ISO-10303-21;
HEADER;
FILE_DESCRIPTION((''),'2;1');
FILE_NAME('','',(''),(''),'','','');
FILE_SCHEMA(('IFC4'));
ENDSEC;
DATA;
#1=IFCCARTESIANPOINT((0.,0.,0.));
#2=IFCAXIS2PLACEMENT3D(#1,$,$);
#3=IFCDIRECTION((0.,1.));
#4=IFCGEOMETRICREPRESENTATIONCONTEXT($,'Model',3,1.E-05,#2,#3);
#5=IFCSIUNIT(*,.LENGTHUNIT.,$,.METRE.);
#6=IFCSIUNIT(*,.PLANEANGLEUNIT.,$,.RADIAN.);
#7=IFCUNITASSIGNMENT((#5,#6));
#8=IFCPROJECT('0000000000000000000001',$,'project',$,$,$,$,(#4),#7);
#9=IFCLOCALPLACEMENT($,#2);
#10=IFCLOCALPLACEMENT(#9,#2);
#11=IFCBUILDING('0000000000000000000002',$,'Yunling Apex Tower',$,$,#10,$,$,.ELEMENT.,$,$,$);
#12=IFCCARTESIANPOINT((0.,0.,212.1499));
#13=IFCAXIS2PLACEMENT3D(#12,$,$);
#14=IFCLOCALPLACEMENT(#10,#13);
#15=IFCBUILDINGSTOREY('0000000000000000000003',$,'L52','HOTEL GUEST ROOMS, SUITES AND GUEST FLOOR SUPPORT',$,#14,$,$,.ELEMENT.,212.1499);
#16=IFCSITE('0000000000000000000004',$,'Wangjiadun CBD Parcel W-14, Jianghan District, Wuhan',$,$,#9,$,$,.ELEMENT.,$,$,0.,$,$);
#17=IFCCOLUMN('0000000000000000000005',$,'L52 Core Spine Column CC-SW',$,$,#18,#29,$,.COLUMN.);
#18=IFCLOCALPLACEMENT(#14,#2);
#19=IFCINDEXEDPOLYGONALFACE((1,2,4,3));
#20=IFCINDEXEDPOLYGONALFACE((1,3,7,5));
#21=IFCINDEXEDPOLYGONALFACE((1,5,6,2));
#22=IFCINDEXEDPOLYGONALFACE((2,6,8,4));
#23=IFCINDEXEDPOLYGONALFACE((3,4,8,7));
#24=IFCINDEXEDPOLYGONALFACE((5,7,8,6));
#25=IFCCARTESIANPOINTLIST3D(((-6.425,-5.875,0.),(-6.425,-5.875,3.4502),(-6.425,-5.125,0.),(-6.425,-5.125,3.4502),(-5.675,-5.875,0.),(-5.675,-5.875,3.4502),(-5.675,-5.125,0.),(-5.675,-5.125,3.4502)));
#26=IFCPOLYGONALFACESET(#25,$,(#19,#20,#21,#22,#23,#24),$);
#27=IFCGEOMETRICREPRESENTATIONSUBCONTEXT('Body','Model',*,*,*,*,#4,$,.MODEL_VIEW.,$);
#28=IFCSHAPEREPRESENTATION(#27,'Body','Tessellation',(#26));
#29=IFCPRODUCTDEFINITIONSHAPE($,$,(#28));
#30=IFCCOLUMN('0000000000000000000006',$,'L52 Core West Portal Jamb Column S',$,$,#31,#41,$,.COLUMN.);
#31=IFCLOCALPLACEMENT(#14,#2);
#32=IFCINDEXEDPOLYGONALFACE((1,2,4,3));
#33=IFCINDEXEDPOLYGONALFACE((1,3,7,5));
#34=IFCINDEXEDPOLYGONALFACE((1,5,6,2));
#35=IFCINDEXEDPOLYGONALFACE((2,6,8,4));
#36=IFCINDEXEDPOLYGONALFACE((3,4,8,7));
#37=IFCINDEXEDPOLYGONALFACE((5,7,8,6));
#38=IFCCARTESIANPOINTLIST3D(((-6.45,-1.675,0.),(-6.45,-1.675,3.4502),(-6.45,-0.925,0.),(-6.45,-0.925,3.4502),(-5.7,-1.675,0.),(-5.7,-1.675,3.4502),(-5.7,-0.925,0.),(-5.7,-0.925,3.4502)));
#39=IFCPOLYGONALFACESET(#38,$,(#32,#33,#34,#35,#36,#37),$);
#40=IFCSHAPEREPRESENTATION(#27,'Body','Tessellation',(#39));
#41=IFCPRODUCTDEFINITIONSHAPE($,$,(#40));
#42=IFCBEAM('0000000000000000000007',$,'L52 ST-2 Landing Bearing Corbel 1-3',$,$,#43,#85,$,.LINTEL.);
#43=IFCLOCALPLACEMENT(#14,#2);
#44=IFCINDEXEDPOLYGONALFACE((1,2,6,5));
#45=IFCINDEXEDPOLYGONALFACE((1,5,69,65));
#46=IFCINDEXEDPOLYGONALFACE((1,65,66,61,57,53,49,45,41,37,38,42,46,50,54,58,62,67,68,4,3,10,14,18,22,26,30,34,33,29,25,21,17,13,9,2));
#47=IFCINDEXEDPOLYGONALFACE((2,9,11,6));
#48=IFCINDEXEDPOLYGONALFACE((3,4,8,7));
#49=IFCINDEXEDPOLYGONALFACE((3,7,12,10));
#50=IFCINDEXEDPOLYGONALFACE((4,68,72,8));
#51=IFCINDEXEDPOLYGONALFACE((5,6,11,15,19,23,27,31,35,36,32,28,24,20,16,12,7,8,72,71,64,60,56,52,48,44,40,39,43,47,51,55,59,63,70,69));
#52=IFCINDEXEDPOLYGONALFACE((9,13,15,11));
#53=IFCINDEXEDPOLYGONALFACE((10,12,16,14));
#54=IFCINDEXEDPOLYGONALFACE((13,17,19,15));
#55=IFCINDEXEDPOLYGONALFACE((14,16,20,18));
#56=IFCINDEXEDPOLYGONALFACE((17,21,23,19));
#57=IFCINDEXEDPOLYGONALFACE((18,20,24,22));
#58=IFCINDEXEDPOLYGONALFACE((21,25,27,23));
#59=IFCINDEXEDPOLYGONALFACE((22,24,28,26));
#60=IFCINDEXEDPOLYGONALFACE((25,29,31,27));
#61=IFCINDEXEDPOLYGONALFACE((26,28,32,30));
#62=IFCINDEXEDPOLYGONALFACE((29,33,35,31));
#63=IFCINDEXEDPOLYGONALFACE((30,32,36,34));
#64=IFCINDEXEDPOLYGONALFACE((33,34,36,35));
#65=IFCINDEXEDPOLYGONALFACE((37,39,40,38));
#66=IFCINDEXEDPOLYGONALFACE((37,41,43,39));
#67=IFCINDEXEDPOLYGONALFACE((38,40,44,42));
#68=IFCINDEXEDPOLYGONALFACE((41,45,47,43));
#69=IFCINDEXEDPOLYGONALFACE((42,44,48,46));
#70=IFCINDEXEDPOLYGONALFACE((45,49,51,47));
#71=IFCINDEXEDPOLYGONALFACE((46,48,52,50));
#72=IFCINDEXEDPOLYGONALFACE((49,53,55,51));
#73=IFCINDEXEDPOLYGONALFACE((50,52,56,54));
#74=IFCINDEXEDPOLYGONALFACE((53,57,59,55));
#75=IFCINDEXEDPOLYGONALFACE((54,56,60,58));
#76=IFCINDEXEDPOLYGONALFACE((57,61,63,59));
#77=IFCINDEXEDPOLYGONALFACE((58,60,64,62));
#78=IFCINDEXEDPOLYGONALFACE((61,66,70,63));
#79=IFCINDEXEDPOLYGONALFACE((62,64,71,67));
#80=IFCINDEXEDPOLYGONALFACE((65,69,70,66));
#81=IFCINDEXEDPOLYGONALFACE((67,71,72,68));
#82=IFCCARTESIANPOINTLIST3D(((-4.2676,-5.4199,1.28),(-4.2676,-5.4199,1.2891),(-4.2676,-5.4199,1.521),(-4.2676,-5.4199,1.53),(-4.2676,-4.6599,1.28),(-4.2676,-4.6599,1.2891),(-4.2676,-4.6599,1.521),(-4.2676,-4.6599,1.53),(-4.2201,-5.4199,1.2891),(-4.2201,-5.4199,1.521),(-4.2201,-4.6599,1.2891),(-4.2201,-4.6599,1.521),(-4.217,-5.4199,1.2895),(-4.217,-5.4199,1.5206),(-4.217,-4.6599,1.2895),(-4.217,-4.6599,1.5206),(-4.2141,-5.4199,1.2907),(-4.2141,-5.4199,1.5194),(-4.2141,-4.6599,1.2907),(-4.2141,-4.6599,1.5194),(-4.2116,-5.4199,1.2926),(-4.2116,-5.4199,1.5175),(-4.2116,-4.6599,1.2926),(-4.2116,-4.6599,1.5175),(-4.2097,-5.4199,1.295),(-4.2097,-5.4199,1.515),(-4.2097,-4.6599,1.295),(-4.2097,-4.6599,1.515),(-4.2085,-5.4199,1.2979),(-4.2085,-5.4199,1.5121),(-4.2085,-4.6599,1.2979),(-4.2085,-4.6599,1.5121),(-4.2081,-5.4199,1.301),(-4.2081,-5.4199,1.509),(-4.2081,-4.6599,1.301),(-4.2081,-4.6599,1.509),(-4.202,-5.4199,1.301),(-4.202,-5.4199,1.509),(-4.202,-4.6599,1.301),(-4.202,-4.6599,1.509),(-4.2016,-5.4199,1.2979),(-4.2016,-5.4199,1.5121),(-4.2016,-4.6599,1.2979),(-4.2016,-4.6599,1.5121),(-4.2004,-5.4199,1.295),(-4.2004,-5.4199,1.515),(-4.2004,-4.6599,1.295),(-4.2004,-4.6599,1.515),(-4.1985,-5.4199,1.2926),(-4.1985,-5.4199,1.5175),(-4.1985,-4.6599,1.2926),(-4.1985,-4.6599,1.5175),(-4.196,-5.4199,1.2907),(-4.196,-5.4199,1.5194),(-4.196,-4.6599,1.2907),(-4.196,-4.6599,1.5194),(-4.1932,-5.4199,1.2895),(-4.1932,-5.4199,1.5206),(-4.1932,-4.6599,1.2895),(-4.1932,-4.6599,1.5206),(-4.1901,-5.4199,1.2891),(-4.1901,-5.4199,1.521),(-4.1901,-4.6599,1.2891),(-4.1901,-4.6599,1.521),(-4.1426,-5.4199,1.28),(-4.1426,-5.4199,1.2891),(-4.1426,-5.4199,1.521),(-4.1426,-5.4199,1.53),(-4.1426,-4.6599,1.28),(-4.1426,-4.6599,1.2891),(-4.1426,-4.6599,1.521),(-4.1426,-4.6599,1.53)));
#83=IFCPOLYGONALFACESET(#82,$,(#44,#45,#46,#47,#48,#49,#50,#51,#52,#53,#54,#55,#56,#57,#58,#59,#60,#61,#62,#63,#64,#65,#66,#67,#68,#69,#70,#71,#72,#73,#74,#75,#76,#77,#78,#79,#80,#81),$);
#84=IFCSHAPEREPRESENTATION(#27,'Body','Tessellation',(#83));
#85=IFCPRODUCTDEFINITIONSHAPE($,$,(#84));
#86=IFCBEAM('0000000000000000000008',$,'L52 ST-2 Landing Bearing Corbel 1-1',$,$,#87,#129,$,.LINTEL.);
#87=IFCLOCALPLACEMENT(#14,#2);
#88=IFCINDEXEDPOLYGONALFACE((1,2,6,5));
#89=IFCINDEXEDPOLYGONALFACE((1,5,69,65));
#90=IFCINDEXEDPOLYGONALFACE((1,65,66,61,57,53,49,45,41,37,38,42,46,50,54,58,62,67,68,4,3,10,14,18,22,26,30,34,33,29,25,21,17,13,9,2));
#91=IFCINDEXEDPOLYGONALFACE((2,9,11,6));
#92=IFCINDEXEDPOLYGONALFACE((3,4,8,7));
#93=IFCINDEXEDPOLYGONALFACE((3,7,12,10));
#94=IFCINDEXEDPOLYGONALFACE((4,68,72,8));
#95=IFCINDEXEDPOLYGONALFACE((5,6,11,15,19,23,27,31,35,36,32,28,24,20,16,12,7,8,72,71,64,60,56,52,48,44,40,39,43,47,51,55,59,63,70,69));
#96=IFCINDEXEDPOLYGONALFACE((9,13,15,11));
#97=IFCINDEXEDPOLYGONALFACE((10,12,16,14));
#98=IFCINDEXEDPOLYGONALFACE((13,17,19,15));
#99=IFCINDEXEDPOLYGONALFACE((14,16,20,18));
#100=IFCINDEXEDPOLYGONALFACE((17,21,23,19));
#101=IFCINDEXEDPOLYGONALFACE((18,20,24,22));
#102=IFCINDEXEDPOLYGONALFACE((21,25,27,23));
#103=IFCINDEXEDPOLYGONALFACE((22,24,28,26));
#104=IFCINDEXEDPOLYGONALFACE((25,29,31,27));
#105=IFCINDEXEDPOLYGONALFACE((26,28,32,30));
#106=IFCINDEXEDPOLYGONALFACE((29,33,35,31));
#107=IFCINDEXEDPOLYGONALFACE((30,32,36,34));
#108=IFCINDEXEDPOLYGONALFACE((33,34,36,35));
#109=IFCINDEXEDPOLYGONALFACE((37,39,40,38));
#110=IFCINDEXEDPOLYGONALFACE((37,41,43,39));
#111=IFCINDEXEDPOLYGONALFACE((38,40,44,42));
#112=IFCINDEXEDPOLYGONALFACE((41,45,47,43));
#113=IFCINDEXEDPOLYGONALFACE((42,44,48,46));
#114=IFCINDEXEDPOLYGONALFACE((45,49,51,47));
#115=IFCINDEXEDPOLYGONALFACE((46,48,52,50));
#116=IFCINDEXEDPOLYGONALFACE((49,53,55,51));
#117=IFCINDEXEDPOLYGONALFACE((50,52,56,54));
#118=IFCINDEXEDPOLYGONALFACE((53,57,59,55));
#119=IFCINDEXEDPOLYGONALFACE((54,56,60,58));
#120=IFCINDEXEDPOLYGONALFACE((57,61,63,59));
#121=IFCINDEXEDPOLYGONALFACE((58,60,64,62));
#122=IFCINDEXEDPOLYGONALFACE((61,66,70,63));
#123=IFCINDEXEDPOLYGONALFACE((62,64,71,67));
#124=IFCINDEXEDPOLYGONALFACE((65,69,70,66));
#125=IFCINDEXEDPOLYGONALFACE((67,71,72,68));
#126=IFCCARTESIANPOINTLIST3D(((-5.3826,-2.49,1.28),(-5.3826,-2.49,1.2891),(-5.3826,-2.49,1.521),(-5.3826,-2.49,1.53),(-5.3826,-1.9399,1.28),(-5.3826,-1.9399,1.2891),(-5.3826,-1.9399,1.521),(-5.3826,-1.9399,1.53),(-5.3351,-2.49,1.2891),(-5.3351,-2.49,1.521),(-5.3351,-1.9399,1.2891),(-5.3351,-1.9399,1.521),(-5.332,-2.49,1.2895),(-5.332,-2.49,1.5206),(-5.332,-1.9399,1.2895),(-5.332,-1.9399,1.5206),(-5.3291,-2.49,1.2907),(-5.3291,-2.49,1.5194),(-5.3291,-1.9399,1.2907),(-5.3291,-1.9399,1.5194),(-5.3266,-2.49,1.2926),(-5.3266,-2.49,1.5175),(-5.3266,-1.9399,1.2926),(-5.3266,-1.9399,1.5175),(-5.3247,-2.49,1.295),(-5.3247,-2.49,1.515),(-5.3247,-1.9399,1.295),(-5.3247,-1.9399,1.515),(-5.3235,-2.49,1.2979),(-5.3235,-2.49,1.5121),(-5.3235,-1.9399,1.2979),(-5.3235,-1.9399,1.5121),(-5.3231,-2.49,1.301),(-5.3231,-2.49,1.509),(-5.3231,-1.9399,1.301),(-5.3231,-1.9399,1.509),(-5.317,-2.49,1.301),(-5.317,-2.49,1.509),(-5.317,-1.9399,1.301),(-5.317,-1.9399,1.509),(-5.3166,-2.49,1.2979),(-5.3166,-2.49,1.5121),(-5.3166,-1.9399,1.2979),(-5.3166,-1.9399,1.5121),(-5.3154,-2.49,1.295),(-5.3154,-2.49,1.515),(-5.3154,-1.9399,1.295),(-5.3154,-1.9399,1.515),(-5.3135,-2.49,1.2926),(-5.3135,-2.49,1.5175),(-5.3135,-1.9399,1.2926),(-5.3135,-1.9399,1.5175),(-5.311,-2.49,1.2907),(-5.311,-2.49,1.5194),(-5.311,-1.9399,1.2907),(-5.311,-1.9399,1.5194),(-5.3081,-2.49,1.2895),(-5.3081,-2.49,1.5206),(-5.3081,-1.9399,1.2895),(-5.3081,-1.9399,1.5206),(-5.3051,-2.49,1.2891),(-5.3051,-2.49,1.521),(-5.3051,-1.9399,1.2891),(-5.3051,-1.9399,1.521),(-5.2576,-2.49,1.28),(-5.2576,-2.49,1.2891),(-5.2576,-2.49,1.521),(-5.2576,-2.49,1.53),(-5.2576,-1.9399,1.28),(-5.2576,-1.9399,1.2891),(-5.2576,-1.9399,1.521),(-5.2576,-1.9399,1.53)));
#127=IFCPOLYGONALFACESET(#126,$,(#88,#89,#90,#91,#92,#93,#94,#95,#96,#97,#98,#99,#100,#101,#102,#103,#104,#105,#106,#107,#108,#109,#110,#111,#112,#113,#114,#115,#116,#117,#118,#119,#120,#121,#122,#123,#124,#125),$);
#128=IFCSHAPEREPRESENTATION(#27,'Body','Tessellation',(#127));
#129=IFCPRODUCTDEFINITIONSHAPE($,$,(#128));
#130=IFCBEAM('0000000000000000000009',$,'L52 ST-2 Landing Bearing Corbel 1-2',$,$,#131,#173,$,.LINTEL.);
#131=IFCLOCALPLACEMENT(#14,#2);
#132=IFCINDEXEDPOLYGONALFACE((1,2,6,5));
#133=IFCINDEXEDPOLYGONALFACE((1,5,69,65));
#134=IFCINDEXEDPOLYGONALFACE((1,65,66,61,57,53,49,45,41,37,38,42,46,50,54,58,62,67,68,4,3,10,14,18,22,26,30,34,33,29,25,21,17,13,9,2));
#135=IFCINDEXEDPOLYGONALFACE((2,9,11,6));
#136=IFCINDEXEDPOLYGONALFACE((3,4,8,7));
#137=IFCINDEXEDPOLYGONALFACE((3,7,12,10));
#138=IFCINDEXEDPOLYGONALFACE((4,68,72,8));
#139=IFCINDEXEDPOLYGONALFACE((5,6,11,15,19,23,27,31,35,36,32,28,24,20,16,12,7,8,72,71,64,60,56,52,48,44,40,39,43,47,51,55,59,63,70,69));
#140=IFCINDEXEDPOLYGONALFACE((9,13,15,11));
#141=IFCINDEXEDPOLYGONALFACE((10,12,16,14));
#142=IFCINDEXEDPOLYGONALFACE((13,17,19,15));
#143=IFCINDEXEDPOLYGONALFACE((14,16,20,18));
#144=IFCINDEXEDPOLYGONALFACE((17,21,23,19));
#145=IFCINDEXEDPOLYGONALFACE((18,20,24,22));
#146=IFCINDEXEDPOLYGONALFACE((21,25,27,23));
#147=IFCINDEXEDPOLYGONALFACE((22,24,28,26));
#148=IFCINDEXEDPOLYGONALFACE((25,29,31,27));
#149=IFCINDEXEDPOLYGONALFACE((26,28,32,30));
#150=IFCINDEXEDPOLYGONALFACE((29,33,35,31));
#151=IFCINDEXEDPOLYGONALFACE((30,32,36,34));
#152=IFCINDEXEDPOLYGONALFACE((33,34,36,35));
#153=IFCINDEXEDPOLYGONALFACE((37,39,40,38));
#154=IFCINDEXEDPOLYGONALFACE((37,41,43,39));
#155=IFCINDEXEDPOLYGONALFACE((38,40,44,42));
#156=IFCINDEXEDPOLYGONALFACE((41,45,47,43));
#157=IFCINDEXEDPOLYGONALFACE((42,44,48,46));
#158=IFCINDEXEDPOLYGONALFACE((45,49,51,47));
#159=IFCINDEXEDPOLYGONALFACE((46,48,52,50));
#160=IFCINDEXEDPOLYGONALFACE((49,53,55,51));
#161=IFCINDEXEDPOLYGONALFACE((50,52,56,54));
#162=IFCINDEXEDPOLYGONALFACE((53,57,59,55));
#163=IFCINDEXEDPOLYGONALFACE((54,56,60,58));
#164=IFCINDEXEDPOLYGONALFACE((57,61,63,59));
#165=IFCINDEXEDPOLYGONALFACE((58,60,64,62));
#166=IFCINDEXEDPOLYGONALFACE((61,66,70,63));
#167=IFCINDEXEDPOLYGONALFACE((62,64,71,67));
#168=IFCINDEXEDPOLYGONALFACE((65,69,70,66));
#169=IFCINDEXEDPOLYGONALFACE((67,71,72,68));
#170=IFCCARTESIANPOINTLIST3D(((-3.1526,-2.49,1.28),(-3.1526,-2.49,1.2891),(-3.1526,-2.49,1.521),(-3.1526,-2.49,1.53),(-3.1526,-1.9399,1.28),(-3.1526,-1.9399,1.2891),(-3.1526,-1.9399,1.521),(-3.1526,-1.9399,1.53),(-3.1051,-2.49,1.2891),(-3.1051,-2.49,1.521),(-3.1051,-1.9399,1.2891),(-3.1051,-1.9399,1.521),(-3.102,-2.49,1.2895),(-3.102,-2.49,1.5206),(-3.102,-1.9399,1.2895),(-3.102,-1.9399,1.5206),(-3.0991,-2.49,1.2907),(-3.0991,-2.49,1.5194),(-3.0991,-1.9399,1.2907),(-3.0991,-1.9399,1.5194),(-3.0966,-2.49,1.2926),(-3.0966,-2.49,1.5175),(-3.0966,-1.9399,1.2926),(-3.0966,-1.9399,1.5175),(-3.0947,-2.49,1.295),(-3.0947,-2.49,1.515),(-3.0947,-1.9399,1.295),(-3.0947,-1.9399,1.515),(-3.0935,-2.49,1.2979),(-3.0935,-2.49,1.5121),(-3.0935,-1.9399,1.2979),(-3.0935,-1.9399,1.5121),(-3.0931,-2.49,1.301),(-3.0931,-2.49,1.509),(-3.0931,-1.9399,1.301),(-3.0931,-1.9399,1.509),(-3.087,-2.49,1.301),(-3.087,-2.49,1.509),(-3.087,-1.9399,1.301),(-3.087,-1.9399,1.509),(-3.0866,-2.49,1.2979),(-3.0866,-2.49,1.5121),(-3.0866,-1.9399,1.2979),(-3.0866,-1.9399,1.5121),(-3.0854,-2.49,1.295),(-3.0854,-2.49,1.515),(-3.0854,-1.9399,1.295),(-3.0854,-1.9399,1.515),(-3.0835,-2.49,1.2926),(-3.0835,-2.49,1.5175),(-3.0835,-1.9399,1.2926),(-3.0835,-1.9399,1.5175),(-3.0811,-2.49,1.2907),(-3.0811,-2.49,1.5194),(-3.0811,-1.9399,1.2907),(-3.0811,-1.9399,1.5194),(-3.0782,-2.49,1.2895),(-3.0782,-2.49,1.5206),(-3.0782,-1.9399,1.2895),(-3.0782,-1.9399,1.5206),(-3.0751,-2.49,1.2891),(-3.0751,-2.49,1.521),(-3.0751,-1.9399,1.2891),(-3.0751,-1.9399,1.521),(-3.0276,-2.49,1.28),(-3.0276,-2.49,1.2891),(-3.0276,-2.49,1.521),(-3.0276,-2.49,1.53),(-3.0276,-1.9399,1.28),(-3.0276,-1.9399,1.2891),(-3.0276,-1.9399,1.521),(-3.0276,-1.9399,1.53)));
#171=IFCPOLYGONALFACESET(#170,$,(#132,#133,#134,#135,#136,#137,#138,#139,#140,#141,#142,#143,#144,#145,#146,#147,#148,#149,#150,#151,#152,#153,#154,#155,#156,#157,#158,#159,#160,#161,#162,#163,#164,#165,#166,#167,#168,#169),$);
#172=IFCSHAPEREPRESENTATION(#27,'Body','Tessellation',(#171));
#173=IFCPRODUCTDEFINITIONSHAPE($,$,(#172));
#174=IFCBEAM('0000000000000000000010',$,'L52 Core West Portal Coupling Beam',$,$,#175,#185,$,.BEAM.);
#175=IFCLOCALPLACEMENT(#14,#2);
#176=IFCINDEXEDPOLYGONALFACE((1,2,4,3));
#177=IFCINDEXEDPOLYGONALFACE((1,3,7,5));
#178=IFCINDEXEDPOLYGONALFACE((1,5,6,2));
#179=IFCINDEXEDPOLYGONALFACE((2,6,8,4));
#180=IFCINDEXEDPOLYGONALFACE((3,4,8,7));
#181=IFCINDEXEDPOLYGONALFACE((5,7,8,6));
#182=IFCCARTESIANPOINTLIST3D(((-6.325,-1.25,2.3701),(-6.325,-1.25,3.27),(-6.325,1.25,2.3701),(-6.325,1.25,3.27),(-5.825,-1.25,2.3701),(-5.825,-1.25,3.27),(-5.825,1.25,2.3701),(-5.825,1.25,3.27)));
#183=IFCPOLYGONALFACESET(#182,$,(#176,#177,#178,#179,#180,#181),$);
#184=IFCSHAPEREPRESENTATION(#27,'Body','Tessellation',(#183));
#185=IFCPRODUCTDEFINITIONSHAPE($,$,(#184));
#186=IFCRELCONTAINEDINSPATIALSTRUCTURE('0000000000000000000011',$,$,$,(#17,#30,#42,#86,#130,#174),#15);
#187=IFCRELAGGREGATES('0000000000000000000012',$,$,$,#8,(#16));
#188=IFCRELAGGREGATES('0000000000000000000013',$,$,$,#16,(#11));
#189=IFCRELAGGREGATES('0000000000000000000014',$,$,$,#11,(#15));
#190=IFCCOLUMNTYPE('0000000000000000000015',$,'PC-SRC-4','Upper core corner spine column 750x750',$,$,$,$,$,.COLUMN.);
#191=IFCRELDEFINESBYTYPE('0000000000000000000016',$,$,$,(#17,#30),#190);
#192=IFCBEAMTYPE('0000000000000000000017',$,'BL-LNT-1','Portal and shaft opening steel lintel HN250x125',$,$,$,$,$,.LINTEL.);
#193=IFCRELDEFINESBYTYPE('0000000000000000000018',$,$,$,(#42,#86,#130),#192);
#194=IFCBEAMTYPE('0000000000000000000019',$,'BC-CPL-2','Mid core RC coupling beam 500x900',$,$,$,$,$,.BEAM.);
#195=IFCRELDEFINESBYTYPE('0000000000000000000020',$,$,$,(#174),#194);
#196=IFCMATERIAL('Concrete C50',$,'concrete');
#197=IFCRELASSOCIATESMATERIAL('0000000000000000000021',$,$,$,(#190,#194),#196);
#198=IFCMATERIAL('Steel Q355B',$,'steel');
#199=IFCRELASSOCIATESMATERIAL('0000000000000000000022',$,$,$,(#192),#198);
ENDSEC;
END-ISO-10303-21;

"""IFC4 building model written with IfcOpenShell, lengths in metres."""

from ifc_helpers import new_model, si_unit, direction, frame, origin, origin_2d, place, context, subcontext, project, spatial, rectangle, i_section, extrude, source, transform, mapped, material, material_profile, profile_set, type_object, element, save


model = new_model("IFC4")

# Units and contexts
model_context = context("Model", 3, precision=1e-05, world=origin(), true_north=direction((0.0, 1.0)))
body_context = subcontext(model_context, "Body", "Model", "MODEL_VIEW")
ifc_project = project(units=[si_unit("LENGTHUNIT", "METRE"), si_unit("PLANEANGLEUNIT", "RADIAN")], contexts=[model_context])

# Site, building, storey
site_placement = place(None, origin())
site = spatial("IfcSite", under=ifc_project, at=site_placement, Name="Wangjiadun CBD Parcel W-14, Jianghan District, Wuhan", CompositionType="ELEMENT", RefElevation=0.0)
building_placement = place(site_placement, origin())
building = spatial("IfcBuilding", under=site, at=building_placement, Name="Yunling Apex Tower", CompositionType="ELEMENT")
storey_placement = place(building_placement, frame((0.0, 0.0, 212.1499)))
storey = spatial("IfcBuildingStorey", under=building, at=storey_placement, Name="L52", Description="HOTEL GUEST ROOMS, SUITES AND GUEST FLOOR SUPPORT", CompositionType="ELEMENT", Elevation=212.1499)

# Columns
ifc_material_1 = material(Name="Concrete C50", Category="concrete")
ifc_material_profile_1 = material_profile(ifc_material_1, rectangle(XDim=0.75, YDim=0.75, at=origin_2d()))
ifc_profile_set_1 = profile_set([ifc_material_profile_1], Name="Concrete C50")
column_type = type_object("IfcColumnType", Name="PC-SRC-4", Description="Upper core corner spine column 750x750", PredefinedType="COLUMN", material=ifc_profile_set_1)
shared_shape_1 = source(origin(), body_context, "Body", "SweptSolid", [
    extrude(rectangle(XDim=0.75, YDim=0.75, at=origin_2d()), origin(), (0.0, 0.0, 1.0), 3.4502),
])
for number, where, z_axis, x_axis, name in (
    (1, (-6.05, -5.5, 0.0), (0.0, 0.0, 1.0), (1.0, 0.0, 0.0), "L52 Core Spine Column CC-SW"),
    (2, (-6.075, -1.3, 0.0), (0.0, 0.0, 1.0), (1.0, 0.0, 0.0), "L52 Core West Portal Jamb Column S"),
):
    element("IfcColumn", number, at=place(storey_placement, frame(where, z_axis=z_axis, x_axis=x_axis)), inside=storey, type_object=column_type, Name=name, PredefinedType="COLUMN", context=body_context, shape_type="MappedRepresentation", body=[
        mapped(shared_shape_1, transform((0.0, 0.0, 0.0), scale=1.0)),
    ])

# Beams
ifc_material_2 = material(Name="Steel Q355B", Category="steel")
ifc_material_profile_2 = material_profile(ifc_material_2, i_section(OverallWidth=0.125, OverallDepth=0.25, WebThickness=0.0061, FlangeThickness=0.009, FilletRadius=0.012, at=origin_2d()))
ifc_profile_set_2 = profile_set([ifc_material_profile_2], Name="Steel Q355B")
beam_type_1 = type_object("IfcBeamType", Name="BL-LNT-1", Description="Portal and shaft opening steel lintel HN250x125", PredefinedType="LINTEL", material=ifc_profile_set_2)
shared_shape_2 = source(origin(), body_context, "Body", "SweptSolid", [
    extrude(i_section(OverallWidth=0.125, OverallDepth=0.25, WebThickness=0.0061, FlangeThickness=0.009, FilletRadius=0.012, at=origin_2d()), origin(), (0.0, 0.0, 1.0), 0.76),
])
beam_1_placement = place(storey_placement, frame((-4.2051, -5.4199, 1.405), z_axis=(0.0, 1.0, 0.0), x_axis=(-1.0, 0.0, 0.0)))
element("IfcBeam", 3, at=beam_1_placement, inside=storey, type_object=beam_type_1, Name="L52 ST-2 Landing Bearing Corbel 1-3", PredefinedType="LINTEL", context=body_context, shape_type="MappedRepresentation", body=[
    mapped(shared_shape_2, transform((0.0, 0.0, 0.0), scale=1.0)),
])
shared_shape_3 = source(origin(), body_context, "Body", "SweptSolid", [
    extrude(i_section(OverallWidth=0.125, OverallDepth=0.25, WebThickness=0.0061, FlangeThickness=0.009, FilletRadius=0.012, at=origin_2d()), origin(), (0.0, 0.0, 1.0), 0.55),
])
for number, where, z_axis, x_axis, name in (
    (4, (-5.3201, -1.9399, 1.405), (0.0, -1.0, 0.0), (1.0, 0.0, 0.0), "L52 ST-2 Landing Bearing Corbel 1-1"),
    (5, (-3.0901, -1.9399, 1.405), (0.0, -1.0, 0.0), (1.0, 0.0, 0.0), "L52 ST-2 Landing Bearing Corbel 1-2"),
):
    element("IfcBeam", number, at=place(storey_placement, frame(where, z_axis=z_axis, x_axis=x_axis)), inside=storey, type_object=beam_type_1, Name=name, PredefinedType="LINTEL", context=body_context, shape_type="MappedRepresentation", body=[
        mapped(shared_shape_3, transform((0.0, 0.0, 0.0), scale=1.0)),
    ])
ifc_material_profile_3 = material_profile(ifc_material_1, rectangle(XDim=0.5, YDim=0.8999, at=origin_2d()))
ifc_profile_set_3 = profile_set([ifc_material_profile_3], Name="Concrete C50")
beam_type_2 = type_object("IfcBeamType", Name="BC-CPL-2", Description="Mid core RC coupling beam 500x900", PredefinedType="BEAM", material=ifc_profile_set_3)
shared_shape_4 = source(origin(), body_context, "Body", "SweptSolid", [
    extrude(rectangle(XDim=0.5, YDim=0.8999, at=origin_2d()), origin(), (0.0, 0.0, 1.0), 2.5),
])
beam_2_placement = place(storey_placement, frame((-6.075, -1.25, 2.8201), z_axis=(0.0, 1.0, 0.0), x_axis=(-1.0, 0.0, 0.0)))
element("IfcBeam", 6, at=beam_2_placement, inside=storey, type_object=beam_type_2, Name="L52 Core West Portal Coupling Beam", PredefinedType="BEAM", context=body_context, shape_type="MappedRepresentation", body=[
    mapped(shared_shape_4, transform((0.0, 0.0, 0.0), scale=1.0)),
])

save(model, "model.ifc")
